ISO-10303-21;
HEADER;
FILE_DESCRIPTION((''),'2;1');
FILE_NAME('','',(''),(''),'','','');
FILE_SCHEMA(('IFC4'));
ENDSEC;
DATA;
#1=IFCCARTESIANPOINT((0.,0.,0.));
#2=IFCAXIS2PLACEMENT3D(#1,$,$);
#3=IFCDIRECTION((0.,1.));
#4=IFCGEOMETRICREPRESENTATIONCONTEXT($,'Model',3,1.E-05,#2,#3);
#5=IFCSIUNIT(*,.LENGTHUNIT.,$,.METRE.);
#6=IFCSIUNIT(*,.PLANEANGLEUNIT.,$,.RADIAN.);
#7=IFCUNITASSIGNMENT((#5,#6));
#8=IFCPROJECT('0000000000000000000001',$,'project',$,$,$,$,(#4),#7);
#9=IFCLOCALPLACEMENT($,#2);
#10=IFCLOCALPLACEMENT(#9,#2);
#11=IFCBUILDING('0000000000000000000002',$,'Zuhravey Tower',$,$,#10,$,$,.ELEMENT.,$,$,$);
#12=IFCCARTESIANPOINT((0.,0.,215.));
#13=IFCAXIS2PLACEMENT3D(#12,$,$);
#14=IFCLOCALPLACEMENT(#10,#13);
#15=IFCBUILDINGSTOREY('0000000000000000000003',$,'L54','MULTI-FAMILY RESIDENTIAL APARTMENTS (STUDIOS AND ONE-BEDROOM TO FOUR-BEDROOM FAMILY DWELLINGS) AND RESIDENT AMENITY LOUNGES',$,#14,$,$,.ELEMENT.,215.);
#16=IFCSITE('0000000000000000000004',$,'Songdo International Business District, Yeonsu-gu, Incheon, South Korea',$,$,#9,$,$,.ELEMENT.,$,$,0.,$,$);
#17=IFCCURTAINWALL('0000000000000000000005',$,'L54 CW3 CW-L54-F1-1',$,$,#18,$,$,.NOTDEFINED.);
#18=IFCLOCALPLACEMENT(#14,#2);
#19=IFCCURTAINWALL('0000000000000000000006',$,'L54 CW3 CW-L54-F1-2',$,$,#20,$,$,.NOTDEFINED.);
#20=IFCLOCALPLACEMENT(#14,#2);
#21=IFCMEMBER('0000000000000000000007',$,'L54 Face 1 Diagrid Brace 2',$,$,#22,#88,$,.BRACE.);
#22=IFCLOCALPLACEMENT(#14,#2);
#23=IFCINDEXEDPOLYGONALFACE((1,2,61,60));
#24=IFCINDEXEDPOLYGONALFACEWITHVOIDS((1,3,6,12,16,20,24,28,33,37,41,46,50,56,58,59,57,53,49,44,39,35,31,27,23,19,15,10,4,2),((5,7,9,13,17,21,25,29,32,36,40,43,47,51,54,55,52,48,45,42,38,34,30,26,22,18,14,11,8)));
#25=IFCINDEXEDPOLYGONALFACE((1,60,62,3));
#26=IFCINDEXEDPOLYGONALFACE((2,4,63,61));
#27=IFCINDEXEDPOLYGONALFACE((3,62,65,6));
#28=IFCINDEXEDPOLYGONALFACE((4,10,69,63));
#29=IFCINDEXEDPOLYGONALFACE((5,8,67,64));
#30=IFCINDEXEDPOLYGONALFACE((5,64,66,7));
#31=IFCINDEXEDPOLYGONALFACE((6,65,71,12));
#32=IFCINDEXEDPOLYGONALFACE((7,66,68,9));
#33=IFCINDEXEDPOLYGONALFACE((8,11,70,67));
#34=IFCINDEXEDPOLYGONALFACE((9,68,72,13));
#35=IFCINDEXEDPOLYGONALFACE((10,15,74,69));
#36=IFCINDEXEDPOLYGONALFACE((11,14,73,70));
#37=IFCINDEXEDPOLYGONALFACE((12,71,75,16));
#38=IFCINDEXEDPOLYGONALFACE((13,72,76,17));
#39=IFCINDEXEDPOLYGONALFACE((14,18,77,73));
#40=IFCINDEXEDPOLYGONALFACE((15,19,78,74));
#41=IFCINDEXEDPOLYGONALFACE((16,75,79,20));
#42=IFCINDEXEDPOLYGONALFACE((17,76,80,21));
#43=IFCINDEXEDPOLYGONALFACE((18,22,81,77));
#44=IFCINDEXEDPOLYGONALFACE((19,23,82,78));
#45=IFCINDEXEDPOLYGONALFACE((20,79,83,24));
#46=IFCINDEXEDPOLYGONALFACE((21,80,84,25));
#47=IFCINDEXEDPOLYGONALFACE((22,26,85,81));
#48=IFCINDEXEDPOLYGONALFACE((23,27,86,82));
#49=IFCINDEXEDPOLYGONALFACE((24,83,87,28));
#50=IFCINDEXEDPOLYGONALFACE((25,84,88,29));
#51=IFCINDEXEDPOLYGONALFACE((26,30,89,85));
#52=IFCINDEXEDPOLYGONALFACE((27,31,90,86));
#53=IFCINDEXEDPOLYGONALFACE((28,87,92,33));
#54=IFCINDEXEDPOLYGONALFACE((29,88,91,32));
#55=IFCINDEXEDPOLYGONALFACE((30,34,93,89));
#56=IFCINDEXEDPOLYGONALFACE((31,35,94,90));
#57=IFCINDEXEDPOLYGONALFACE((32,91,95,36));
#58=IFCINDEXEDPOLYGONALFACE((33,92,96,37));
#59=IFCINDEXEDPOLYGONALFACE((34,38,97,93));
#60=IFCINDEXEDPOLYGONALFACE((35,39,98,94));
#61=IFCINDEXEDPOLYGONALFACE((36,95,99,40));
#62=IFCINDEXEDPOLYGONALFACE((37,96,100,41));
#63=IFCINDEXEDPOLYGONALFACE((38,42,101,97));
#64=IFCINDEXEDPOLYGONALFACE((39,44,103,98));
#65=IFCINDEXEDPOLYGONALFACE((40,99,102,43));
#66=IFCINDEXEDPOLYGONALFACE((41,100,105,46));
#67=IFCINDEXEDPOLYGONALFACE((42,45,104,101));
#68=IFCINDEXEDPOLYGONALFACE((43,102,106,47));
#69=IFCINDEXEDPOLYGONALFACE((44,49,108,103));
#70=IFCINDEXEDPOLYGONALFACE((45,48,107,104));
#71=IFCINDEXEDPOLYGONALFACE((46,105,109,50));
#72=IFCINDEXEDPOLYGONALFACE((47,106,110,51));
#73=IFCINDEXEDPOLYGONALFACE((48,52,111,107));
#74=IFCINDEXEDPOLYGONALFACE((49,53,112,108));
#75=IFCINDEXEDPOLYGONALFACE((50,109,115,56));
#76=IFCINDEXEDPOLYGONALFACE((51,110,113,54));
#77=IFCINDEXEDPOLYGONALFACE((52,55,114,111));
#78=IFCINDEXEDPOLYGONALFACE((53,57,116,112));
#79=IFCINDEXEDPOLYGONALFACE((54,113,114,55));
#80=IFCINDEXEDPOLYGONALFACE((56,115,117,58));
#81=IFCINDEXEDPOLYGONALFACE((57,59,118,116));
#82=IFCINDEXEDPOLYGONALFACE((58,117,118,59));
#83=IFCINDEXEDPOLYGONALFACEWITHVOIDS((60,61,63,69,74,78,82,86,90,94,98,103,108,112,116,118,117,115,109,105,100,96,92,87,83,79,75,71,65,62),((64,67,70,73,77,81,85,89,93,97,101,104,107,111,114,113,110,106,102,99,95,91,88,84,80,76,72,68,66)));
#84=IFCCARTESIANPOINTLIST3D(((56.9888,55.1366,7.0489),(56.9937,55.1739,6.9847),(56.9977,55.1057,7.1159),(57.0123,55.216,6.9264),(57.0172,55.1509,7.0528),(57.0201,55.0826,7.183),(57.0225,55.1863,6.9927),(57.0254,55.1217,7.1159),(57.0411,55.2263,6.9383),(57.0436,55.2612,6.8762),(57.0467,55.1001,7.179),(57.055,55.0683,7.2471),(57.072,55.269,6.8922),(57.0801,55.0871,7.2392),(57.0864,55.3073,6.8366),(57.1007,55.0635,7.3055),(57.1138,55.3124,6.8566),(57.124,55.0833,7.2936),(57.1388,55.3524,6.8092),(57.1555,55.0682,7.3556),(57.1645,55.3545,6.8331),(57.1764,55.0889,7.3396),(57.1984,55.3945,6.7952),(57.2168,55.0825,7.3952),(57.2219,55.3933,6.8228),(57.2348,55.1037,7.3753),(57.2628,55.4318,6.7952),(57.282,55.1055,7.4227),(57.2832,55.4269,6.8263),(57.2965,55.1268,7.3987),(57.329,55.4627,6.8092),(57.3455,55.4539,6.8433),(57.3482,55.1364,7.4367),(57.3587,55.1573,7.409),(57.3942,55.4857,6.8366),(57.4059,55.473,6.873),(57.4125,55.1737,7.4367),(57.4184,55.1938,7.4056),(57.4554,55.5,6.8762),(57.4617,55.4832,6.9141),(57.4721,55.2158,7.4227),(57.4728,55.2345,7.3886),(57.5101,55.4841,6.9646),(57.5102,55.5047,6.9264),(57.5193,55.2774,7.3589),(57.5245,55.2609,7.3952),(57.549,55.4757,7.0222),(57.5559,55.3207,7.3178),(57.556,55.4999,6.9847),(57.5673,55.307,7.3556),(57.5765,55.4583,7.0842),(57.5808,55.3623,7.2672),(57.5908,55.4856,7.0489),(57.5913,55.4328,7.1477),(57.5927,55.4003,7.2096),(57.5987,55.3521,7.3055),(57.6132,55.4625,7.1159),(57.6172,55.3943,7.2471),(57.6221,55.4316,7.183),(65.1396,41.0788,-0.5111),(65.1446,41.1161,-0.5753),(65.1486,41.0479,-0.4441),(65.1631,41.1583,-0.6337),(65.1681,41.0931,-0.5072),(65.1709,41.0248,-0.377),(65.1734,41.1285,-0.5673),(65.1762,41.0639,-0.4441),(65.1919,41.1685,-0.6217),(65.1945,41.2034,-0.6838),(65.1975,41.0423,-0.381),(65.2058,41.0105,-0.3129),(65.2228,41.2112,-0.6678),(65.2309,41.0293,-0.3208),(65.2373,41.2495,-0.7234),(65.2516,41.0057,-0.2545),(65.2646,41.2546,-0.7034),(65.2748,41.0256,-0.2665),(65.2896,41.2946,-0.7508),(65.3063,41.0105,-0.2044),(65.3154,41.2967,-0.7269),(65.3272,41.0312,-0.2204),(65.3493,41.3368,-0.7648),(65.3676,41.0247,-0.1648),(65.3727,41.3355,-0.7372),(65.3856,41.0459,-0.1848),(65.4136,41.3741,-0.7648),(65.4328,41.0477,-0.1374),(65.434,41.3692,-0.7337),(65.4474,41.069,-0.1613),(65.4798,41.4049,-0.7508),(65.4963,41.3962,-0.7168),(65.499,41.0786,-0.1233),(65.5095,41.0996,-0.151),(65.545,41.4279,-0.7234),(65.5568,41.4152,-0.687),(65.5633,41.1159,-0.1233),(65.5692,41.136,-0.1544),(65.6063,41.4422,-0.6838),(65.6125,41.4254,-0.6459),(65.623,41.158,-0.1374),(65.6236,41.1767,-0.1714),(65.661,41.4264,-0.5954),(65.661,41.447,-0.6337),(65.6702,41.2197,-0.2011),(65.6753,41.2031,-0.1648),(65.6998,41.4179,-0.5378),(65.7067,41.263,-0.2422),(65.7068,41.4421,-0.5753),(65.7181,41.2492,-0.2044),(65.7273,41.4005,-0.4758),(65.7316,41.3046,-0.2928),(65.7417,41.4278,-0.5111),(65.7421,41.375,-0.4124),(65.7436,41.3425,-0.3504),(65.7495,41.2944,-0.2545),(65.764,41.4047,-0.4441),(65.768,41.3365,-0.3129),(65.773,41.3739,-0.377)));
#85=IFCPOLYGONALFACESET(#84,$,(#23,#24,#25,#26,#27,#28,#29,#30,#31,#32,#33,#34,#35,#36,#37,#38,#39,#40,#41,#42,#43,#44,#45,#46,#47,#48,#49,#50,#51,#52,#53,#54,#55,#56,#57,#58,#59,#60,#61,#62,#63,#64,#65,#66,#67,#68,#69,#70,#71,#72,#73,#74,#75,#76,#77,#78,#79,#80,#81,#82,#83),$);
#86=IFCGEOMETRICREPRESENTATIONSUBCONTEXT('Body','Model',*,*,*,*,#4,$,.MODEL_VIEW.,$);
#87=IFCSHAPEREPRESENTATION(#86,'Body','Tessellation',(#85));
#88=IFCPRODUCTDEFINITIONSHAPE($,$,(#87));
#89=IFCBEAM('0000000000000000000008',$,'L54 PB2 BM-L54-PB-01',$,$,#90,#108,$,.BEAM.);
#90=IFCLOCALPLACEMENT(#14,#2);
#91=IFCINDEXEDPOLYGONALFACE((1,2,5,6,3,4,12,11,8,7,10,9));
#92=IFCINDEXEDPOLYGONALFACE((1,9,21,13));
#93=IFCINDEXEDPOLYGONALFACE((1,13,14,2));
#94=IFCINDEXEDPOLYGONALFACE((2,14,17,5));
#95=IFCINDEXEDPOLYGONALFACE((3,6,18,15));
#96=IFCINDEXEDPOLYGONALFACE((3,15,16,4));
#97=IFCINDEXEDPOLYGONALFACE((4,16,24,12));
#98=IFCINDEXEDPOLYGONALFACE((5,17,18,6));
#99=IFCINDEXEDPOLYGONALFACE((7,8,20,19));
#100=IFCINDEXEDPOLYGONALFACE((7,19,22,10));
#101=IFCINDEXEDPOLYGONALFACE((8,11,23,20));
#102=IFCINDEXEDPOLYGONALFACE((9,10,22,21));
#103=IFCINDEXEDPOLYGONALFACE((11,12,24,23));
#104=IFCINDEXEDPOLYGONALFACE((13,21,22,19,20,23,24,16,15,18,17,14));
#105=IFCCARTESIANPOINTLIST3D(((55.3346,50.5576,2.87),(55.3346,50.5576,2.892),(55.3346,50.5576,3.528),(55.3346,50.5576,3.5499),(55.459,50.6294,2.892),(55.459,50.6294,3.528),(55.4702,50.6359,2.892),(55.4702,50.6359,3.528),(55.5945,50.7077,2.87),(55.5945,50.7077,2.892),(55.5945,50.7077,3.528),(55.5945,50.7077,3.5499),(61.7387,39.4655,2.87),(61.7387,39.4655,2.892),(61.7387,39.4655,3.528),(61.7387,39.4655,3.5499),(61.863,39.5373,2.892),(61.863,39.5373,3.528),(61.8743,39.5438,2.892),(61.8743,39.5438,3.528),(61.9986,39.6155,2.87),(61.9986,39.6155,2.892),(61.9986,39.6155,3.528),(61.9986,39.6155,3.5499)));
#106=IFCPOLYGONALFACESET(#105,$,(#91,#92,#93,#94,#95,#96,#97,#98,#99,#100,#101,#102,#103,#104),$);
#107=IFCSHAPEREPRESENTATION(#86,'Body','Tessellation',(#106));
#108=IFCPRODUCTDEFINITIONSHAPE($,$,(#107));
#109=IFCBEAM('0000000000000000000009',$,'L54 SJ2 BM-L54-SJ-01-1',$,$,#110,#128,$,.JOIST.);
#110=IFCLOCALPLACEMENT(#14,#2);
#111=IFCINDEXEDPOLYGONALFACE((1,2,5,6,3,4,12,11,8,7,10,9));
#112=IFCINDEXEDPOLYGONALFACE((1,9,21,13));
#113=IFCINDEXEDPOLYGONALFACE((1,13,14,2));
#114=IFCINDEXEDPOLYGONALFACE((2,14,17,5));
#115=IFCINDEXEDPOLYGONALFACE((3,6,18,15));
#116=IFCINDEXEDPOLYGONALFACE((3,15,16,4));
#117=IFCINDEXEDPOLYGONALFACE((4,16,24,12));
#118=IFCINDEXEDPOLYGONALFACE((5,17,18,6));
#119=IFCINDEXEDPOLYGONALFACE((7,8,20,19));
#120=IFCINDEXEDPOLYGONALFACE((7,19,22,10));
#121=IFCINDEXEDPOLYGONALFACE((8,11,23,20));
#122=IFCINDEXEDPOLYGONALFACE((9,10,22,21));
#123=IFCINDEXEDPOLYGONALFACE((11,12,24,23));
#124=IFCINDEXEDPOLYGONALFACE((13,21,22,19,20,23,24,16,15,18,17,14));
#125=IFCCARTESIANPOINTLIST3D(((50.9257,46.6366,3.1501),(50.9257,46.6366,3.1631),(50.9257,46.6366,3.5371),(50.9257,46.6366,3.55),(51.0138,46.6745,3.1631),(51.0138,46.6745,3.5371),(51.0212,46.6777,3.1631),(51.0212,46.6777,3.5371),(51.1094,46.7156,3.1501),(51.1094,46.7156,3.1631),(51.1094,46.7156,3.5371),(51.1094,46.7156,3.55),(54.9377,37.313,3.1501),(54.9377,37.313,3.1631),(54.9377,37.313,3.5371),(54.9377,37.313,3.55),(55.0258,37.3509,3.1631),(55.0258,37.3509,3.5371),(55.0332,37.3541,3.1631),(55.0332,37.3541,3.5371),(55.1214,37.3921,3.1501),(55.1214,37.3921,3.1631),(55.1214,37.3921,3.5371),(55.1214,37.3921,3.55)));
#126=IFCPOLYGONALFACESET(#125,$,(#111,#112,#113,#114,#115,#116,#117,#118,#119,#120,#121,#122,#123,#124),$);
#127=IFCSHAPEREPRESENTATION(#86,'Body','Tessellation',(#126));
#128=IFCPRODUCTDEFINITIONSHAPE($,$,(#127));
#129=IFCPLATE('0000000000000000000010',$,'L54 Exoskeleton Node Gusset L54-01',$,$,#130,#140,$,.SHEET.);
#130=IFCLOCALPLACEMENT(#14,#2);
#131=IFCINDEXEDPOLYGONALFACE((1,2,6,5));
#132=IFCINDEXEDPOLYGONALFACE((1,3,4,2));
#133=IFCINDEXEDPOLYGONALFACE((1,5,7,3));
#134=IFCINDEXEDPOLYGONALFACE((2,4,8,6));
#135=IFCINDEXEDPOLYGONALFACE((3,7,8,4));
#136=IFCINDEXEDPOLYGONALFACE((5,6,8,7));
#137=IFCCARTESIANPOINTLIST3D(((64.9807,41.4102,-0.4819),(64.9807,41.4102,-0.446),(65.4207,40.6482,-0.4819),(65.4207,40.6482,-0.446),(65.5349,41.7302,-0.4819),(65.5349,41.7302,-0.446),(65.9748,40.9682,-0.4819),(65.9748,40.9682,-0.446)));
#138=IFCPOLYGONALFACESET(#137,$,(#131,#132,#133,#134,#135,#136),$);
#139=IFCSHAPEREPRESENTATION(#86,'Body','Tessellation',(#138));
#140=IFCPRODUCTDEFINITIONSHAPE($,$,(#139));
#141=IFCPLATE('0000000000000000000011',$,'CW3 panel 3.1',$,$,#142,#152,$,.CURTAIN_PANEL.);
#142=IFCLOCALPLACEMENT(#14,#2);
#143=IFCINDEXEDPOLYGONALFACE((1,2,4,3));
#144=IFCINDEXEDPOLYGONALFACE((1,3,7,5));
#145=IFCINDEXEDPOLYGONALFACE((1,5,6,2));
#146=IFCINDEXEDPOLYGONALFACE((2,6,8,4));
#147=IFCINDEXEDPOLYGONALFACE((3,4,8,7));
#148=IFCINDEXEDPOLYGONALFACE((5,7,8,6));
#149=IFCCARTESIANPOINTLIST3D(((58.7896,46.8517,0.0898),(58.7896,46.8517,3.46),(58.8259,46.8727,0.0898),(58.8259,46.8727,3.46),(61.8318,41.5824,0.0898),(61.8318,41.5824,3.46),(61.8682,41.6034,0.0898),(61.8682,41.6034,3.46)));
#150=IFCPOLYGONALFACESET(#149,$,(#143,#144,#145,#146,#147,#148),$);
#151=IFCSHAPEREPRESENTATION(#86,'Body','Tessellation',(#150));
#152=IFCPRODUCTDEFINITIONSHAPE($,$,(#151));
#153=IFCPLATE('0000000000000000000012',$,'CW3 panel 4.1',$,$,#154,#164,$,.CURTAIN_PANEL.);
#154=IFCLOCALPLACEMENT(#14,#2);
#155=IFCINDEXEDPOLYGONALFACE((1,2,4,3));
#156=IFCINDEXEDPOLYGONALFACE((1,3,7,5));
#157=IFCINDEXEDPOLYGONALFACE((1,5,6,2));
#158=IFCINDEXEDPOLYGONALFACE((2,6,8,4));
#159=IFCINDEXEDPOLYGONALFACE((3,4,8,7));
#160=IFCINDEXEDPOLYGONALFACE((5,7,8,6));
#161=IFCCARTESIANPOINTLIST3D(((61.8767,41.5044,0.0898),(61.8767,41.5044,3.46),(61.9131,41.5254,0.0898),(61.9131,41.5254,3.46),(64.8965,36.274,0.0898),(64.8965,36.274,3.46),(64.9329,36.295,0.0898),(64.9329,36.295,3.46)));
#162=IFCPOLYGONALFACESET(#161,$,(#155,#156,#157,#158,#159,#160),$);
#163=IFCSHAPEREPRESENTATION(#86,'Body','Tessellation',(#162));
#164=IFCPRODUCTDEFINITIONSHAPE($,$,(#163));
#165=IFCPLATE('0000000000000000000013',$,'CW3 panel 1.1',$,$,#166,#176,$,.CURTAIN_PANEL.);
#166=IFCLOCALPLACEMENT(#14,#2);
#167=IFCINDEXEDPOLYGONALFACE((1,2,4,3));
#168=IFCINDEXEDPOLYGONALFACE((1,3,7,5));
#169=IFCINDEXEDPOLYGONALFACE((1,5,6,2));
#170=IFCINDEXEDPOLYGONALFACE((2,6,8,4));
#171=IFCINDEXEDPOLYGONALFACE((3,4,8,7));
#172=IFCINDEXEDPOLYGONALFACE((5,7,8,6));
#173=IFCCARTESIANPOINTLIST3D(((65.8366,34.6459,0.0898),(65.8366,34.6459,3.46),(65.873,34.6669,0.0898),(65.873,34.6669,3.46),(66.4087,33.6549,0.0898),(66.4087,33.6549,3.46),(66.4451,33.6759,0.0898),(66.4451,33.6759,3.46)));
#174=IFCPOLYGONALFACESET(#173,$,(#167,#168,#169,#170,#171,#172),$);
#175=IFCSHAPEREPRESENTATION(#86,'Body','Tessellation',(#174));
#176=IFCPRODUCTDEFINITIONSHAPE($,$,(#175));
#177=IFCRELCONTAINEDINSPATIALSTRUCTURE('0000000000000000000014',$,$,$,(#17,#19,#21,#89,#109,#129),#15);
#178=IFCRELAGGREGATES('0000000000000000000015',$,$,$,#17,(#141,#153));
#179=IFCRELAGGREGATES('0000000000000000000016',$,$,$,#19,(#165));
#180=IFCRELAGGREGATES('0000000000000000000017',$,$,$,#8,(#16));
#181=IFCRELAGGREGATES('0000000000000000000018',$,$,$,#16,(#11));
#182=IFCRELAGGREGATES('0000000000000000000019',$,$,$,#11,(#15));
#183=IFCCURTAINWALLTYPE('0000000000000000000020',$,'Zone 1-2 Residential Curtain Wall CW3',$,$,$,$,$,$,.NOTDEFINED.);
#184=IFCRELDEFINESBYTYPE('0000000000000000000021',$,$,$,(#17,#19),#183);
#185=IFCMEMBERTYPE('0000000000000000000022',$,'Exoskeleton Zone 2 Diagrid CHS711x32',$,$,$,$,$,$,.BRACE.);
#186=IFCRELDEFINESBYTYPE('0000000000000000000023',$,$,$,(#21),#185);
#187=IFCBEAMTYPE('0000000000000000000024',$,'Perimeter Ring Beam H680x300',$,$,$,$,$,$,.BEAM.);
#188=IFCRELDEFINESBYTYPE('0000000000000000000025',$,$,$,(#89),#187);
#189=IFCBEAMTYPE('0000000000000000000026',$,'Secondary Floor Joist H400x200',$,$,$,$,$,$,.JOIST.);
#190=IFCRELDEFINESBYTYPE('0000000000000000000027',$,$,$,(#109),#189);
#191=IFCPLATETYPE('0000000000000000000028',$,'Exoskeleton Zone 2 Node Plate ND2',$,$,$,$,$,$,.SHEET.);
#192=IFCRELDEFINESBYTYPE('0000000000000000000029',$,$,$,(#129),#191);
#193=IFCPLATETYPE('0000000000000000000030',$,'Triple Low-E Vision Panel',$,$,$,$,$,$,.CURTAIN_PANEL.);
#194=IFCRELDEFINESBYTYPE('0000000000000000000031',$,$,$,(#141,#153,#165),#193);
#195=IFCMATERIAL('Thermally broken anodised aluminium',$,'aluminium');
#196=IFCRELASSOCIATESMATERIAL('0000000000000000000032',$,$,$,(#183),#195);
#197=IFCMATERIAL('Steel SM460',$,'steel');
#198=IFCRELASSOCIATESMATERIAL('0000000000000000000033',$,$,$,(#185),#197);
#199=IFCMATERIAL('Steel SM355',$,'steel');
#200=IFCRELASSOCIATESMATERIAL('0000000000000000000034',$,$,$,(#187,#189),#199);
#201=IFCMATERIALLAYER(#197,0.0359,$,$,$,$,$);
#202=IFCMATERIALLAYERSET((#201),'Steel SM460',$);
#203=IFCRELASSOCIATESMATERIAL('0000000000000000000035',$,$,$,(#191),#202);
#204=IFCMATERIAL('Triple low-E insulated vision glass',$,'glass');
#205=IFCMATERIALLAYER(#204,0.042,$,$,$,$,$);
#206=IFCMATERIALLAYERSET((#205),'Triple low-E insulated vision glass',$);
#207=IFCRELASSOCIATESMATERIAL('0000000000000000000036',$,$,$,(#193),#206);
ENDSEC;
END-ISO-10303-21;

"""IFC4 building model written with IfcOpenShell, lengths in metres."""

from ifc_helpers import new_model, si_unit, direction, frame, origin, origin_2d, place, context, subcontext, project, spatial, rectangle, hollow_circle, i_section, extrude, material, layer, layer_set, material_profile, profile_set, type_object, element, aggregate, save


model = new_model("IFC4")

# Units and contexts
model_context = context("Model", 3, precision=1e-05, world=origin(), true_north=direction((0.0, 1.0)))
body_context = subcontext(model_context, "Body", "Model", "MODEL_VIEW")
ifc_project = project(units=[si_unit("LENGTHUNIT", "METRE"), si_unit("PLANEANGLEUNIT", "RADIAN")], contexts=[model_context])

# Site, building, storey
site_placement = place(None, origin())
site = spatial("IfcSite", under=ifc_project, at=site_placement, Name="Songdo International Business District, Yeonsu-gu, Incheon, South Korea", CompositionType="ELEMENT", RefElevation=0.0)
building_placement = place(site_placement, origin())
building = spatial("IfcBuilding", under=site, at=building_placement, Name="Zuhravey Tower", CompositionType="ELEMENT")
storey_placement = place(building_placement, frame((0.0, 0.0, 215.0)))
storey = spatial("IfcBuildingStorey", under=building, at=storey_placement, Name="L54", Description="MULTI-FAMILY RESIDENTIAL APARTMENTS (STUDIOS AND ONE-BEDROOM TO FOUR-BEDROOM FAMILY DWELLINGS) AND RESIDENT AMENITY LOUNGES", CompositionType="ELEMENT", Elevation=215.0)

# Curtain walls
ifc_material_1 = material(Name="Thermally broken anodised aluminium", Category="aluminium")
curtain_wall_type = type_object("IfcCurtainWallType", Name="Zone 1-2 Residential Curtain Wall CW3", PredefinedType="NOTDEFINED", material=ifc_material_1)
curtain_wall_1_placement = place(storey_placement, origin())
curtain_wall_1 = element("IfcCurtainWall", 1, at=curtain_wall_1_placement, inside=storey, type_object=curtain_wall_type, Name="L54 CW3 CW-L54-F1-1", PredefinedType="NOTDEFINED")
curtain_wall_2_placement = place(storey_placement, origin())
curtain_wall_2 = element("IfcCurtainWall", 2, at=curtain_wall_2_placement, inside=storey, type_object=curtain_wall_type, Name="L54 CW3 CW-L54-F1-2", PredefinedType="NOTDEFINED")

# Member
ifc_material_2 = material(Name="Steel SM355", Category="steel")
ifc_material_3 = material(Name="Steel SM460", Category="steel")
ifc_material_profile_1 = material_profile(ifc_material_3, hollow_circle(Radius=0.3557, WallThickness=0.032, at=origin_2d()), Name="CHS-711.2x32")
ifc_profile_set_1 = profile_set([ifc_material_profile_1], Name="Steel SM460")
member_type_1 = type_object("IfcMemberType", Name="Exoskeleton Zone 2 Diagrid CHS711x32", PredefinedType="BRACE", material=ifc_profile_set_1)
member_1_placement = place(storey_placement, frame((65.4563, 41.2263, -0.4441), z_axis=(-0.454786, 0.784371, 0.42182), x_axis=(-0.865103, -0.501595, 0.0)))
element("IfcMember", 3, at=member_1_placement, inside=storey, type_object=member_type_1, Name="L54 Face 1 Diagrid Brace 2", PredefinedType="BRACE", context=body_context, shape_type="SweptSolid", body=[
    extrude(hollow_circle(Radius=0.3557, WallThickness=0.032, at=origin_2d()), origin(), (0.0, 0.0, 1.0), 17.9224),
])

# Beams
ifc_material_profile_2 = material_profile(ifc_material_2, i_section(OverallWidth=0.3, OverallDepth=0.6799, WebThickness=0.0129, FlangeThickness=0.022, at=origin_2d()), Name="H-680x300x13x22")
ifc_profile_set_2 = profile_set([ifc_material_profile_2], Name="Steel SM355")
beam_type_1 = type_object("IfcBeamType", Name="Perimeter Ring Beam H680x300", PredefinedType="BEAM", material=ifc_profile_set_2)
beam_1_placement = place(storey_placement, frame((61.8687, 39.5405, 3.21), z_axis=(-0.500004, 0.866023, 0.0), x_axis=(-0.866023, -0.500004, 0.0)))
element("IfcBeam", 4, at=beam_1_placement, inside=storey, type_object=beam_type_1, Name="L54 PB2 BM-L54-PB-01", PredefinedType="BEAM", context=body_context, shape_type="SweptSolid", body=[
    extrude(i_section(OverallWidth=0.3, OverallDepth=0.6799, WebThickness=0.0129, FlangeThickness=0.022, at=origin_2d()), origin(), (0.0, 0.0, 1.0), 12.8081),
])
ifc_material_profile_3 = material_profile(ifc_material_2, i_section(OverallWidth=0.2, OverallDepth=0.3999, WebThickness=0.0081, FlangeThickness=0.0129, at=origin_2d()), Name="H-400x200x8x13")
ifc_profile_set_3 = profile_set([ifc_material_profile_3], Name="Steel SM355")
beam_type_2 = type_object("IfcBeamType", Name="Secondary Floor Joist H400x200", PredefinedType="JOIST", material=ifc_profile_set_3)
beam_2_placement = place(storey_placement, frame((55.0295, 37.3525, 3.3501), z_axis=(-0.395266, 0.918567, 0.0), x_axis=(-0.918567, -0.395266, 0.0)))
element("IfcBeam", 5, at=beam_2_placement, inside=storey, type_object=beam_type_2, Name="L54 SJ2 BM-L54-SJ-01-1", PredefinedType="JOIST", context=body_context, shape_type="SweptSolid", body=[
    extrude(i_section(OverallWidth=0.2, OverallDepth=0.3999, WebThickness=0.0081, FlangeThickness=0.0129, at=origin_2d()), origin(), (0.0, 0.0, 1.0), 10.1501),
])

# Plates
ifc_layer_1 = layer(ifc_material_3, 0.0359)
ifc_layer_set_1 = layer_set([ifc_layer_1], Name="Steel SM460")
plate_type_1 = type_object("IfcPlateType", Name="Exoskeleton Zone 2 Node Plate ND2", PredefinedType="SHEET", material=ifc_layer_set_1)
plate_1_placement = place(storey_placement, frame((65.4778, 41.1892, -0.4819), z_axis=(0.0, 0.0, 1.0), x_axis=(-0.5, 0.866025, 0.0)))
element("IfcPlate", 6, at=plate_1_placement, inside=storey, type_object=plate_type_1, Name="L54 Exoskeleton Node Gusset L54-01", PredefinedType="SHEET", context=body_context, shape_type="SweptSolid", body=[
    extrude(rectangle(XDim=0.8799, YDim=0.6399, at=origin_2d()), origin(), (0.0, 0.0, 1.0), 0.0359),
])
ifc_material_4 = material(Name="Triple low-E insulated vision glass", Category="glass")
ifc_layer_2 = layer(ifc_material_4, 0.042)
ifc_layer_set_2 = layer_set([ifc_layer_2], Name="Triple low-E insulated vision glass")
plate_type_2 = type_object("IfcPlateType", Name="Triple Low-E Vision Panel", PredefinedType="CURTAIN_PANEL", material=ifc_layer_set_2)
plate_2_placement = place(storey_placement, frame((60.3289, 44.2275, 0.0898), z_axis=(0.0, 0.0, 1.0), x_axis=(0.500002, -0.866024, 0.0)))
plate_2 = element("IfcPlate", 7, at=plate_2_placement, type_object=plate_type_2, Name="CW3 panel 3.1", PredefinedType="CURTAIN_PANEL", context=body_context, shape_type="SweptSolid", body=[
    extrude(rectangle(XDim=6.0845, YDim=0.042, at=origin_2d()), origin(), (0.0, 0.0, 1.0), 3.3701),
])
plate_3_placement = place(storey_placement, frame((63.4048, 38.8997, 0.0898), z_axis=(0.0, 0.0, 1.0), x_axis=(0.500002, -0.866024, 0.0)))
plate_3 = element("IfcPlate", 8, at=plate_3_placement, type_object=plate_type_2, Name="CW3 panel 4.1", PredefinedType="CURTAIN_PANEL", context=body_context, shape_type="SweptSolid", body=[
    extrude(rectangle(XDim=6.0396, YDim=0.042, at=origin_2d()), origin(), (0.0, 0.0, 1.0), 3.3701),
])
aggregate(curtain_wall_1, [plate_2, plate_3])
plate_4_placement = place(storey_placement, frame((66.1409, 34.1609, 0.0898), z_axis=(0.0, 0.0, 1.0), x_axis=(0.499964, -0.866046, 0.0)))
plate_4 = element("IfcPlate", 9, at=plate_4_placement, type_object=plate_type_2, Name="CW3 panel 1.1", PredefinedType="CURTAIN_PANEL", context=body_context, shape_type="SweptSolid", body=[
    extrude(rectangle(XDim=1.1443, YDim=0.042, at=origin_2d()), origin(), (0.0, 0.0, 1.0), 3.3701),
])
aggregate(curtain_wall_2, [plate_4])

save(model, "model.ifc")
